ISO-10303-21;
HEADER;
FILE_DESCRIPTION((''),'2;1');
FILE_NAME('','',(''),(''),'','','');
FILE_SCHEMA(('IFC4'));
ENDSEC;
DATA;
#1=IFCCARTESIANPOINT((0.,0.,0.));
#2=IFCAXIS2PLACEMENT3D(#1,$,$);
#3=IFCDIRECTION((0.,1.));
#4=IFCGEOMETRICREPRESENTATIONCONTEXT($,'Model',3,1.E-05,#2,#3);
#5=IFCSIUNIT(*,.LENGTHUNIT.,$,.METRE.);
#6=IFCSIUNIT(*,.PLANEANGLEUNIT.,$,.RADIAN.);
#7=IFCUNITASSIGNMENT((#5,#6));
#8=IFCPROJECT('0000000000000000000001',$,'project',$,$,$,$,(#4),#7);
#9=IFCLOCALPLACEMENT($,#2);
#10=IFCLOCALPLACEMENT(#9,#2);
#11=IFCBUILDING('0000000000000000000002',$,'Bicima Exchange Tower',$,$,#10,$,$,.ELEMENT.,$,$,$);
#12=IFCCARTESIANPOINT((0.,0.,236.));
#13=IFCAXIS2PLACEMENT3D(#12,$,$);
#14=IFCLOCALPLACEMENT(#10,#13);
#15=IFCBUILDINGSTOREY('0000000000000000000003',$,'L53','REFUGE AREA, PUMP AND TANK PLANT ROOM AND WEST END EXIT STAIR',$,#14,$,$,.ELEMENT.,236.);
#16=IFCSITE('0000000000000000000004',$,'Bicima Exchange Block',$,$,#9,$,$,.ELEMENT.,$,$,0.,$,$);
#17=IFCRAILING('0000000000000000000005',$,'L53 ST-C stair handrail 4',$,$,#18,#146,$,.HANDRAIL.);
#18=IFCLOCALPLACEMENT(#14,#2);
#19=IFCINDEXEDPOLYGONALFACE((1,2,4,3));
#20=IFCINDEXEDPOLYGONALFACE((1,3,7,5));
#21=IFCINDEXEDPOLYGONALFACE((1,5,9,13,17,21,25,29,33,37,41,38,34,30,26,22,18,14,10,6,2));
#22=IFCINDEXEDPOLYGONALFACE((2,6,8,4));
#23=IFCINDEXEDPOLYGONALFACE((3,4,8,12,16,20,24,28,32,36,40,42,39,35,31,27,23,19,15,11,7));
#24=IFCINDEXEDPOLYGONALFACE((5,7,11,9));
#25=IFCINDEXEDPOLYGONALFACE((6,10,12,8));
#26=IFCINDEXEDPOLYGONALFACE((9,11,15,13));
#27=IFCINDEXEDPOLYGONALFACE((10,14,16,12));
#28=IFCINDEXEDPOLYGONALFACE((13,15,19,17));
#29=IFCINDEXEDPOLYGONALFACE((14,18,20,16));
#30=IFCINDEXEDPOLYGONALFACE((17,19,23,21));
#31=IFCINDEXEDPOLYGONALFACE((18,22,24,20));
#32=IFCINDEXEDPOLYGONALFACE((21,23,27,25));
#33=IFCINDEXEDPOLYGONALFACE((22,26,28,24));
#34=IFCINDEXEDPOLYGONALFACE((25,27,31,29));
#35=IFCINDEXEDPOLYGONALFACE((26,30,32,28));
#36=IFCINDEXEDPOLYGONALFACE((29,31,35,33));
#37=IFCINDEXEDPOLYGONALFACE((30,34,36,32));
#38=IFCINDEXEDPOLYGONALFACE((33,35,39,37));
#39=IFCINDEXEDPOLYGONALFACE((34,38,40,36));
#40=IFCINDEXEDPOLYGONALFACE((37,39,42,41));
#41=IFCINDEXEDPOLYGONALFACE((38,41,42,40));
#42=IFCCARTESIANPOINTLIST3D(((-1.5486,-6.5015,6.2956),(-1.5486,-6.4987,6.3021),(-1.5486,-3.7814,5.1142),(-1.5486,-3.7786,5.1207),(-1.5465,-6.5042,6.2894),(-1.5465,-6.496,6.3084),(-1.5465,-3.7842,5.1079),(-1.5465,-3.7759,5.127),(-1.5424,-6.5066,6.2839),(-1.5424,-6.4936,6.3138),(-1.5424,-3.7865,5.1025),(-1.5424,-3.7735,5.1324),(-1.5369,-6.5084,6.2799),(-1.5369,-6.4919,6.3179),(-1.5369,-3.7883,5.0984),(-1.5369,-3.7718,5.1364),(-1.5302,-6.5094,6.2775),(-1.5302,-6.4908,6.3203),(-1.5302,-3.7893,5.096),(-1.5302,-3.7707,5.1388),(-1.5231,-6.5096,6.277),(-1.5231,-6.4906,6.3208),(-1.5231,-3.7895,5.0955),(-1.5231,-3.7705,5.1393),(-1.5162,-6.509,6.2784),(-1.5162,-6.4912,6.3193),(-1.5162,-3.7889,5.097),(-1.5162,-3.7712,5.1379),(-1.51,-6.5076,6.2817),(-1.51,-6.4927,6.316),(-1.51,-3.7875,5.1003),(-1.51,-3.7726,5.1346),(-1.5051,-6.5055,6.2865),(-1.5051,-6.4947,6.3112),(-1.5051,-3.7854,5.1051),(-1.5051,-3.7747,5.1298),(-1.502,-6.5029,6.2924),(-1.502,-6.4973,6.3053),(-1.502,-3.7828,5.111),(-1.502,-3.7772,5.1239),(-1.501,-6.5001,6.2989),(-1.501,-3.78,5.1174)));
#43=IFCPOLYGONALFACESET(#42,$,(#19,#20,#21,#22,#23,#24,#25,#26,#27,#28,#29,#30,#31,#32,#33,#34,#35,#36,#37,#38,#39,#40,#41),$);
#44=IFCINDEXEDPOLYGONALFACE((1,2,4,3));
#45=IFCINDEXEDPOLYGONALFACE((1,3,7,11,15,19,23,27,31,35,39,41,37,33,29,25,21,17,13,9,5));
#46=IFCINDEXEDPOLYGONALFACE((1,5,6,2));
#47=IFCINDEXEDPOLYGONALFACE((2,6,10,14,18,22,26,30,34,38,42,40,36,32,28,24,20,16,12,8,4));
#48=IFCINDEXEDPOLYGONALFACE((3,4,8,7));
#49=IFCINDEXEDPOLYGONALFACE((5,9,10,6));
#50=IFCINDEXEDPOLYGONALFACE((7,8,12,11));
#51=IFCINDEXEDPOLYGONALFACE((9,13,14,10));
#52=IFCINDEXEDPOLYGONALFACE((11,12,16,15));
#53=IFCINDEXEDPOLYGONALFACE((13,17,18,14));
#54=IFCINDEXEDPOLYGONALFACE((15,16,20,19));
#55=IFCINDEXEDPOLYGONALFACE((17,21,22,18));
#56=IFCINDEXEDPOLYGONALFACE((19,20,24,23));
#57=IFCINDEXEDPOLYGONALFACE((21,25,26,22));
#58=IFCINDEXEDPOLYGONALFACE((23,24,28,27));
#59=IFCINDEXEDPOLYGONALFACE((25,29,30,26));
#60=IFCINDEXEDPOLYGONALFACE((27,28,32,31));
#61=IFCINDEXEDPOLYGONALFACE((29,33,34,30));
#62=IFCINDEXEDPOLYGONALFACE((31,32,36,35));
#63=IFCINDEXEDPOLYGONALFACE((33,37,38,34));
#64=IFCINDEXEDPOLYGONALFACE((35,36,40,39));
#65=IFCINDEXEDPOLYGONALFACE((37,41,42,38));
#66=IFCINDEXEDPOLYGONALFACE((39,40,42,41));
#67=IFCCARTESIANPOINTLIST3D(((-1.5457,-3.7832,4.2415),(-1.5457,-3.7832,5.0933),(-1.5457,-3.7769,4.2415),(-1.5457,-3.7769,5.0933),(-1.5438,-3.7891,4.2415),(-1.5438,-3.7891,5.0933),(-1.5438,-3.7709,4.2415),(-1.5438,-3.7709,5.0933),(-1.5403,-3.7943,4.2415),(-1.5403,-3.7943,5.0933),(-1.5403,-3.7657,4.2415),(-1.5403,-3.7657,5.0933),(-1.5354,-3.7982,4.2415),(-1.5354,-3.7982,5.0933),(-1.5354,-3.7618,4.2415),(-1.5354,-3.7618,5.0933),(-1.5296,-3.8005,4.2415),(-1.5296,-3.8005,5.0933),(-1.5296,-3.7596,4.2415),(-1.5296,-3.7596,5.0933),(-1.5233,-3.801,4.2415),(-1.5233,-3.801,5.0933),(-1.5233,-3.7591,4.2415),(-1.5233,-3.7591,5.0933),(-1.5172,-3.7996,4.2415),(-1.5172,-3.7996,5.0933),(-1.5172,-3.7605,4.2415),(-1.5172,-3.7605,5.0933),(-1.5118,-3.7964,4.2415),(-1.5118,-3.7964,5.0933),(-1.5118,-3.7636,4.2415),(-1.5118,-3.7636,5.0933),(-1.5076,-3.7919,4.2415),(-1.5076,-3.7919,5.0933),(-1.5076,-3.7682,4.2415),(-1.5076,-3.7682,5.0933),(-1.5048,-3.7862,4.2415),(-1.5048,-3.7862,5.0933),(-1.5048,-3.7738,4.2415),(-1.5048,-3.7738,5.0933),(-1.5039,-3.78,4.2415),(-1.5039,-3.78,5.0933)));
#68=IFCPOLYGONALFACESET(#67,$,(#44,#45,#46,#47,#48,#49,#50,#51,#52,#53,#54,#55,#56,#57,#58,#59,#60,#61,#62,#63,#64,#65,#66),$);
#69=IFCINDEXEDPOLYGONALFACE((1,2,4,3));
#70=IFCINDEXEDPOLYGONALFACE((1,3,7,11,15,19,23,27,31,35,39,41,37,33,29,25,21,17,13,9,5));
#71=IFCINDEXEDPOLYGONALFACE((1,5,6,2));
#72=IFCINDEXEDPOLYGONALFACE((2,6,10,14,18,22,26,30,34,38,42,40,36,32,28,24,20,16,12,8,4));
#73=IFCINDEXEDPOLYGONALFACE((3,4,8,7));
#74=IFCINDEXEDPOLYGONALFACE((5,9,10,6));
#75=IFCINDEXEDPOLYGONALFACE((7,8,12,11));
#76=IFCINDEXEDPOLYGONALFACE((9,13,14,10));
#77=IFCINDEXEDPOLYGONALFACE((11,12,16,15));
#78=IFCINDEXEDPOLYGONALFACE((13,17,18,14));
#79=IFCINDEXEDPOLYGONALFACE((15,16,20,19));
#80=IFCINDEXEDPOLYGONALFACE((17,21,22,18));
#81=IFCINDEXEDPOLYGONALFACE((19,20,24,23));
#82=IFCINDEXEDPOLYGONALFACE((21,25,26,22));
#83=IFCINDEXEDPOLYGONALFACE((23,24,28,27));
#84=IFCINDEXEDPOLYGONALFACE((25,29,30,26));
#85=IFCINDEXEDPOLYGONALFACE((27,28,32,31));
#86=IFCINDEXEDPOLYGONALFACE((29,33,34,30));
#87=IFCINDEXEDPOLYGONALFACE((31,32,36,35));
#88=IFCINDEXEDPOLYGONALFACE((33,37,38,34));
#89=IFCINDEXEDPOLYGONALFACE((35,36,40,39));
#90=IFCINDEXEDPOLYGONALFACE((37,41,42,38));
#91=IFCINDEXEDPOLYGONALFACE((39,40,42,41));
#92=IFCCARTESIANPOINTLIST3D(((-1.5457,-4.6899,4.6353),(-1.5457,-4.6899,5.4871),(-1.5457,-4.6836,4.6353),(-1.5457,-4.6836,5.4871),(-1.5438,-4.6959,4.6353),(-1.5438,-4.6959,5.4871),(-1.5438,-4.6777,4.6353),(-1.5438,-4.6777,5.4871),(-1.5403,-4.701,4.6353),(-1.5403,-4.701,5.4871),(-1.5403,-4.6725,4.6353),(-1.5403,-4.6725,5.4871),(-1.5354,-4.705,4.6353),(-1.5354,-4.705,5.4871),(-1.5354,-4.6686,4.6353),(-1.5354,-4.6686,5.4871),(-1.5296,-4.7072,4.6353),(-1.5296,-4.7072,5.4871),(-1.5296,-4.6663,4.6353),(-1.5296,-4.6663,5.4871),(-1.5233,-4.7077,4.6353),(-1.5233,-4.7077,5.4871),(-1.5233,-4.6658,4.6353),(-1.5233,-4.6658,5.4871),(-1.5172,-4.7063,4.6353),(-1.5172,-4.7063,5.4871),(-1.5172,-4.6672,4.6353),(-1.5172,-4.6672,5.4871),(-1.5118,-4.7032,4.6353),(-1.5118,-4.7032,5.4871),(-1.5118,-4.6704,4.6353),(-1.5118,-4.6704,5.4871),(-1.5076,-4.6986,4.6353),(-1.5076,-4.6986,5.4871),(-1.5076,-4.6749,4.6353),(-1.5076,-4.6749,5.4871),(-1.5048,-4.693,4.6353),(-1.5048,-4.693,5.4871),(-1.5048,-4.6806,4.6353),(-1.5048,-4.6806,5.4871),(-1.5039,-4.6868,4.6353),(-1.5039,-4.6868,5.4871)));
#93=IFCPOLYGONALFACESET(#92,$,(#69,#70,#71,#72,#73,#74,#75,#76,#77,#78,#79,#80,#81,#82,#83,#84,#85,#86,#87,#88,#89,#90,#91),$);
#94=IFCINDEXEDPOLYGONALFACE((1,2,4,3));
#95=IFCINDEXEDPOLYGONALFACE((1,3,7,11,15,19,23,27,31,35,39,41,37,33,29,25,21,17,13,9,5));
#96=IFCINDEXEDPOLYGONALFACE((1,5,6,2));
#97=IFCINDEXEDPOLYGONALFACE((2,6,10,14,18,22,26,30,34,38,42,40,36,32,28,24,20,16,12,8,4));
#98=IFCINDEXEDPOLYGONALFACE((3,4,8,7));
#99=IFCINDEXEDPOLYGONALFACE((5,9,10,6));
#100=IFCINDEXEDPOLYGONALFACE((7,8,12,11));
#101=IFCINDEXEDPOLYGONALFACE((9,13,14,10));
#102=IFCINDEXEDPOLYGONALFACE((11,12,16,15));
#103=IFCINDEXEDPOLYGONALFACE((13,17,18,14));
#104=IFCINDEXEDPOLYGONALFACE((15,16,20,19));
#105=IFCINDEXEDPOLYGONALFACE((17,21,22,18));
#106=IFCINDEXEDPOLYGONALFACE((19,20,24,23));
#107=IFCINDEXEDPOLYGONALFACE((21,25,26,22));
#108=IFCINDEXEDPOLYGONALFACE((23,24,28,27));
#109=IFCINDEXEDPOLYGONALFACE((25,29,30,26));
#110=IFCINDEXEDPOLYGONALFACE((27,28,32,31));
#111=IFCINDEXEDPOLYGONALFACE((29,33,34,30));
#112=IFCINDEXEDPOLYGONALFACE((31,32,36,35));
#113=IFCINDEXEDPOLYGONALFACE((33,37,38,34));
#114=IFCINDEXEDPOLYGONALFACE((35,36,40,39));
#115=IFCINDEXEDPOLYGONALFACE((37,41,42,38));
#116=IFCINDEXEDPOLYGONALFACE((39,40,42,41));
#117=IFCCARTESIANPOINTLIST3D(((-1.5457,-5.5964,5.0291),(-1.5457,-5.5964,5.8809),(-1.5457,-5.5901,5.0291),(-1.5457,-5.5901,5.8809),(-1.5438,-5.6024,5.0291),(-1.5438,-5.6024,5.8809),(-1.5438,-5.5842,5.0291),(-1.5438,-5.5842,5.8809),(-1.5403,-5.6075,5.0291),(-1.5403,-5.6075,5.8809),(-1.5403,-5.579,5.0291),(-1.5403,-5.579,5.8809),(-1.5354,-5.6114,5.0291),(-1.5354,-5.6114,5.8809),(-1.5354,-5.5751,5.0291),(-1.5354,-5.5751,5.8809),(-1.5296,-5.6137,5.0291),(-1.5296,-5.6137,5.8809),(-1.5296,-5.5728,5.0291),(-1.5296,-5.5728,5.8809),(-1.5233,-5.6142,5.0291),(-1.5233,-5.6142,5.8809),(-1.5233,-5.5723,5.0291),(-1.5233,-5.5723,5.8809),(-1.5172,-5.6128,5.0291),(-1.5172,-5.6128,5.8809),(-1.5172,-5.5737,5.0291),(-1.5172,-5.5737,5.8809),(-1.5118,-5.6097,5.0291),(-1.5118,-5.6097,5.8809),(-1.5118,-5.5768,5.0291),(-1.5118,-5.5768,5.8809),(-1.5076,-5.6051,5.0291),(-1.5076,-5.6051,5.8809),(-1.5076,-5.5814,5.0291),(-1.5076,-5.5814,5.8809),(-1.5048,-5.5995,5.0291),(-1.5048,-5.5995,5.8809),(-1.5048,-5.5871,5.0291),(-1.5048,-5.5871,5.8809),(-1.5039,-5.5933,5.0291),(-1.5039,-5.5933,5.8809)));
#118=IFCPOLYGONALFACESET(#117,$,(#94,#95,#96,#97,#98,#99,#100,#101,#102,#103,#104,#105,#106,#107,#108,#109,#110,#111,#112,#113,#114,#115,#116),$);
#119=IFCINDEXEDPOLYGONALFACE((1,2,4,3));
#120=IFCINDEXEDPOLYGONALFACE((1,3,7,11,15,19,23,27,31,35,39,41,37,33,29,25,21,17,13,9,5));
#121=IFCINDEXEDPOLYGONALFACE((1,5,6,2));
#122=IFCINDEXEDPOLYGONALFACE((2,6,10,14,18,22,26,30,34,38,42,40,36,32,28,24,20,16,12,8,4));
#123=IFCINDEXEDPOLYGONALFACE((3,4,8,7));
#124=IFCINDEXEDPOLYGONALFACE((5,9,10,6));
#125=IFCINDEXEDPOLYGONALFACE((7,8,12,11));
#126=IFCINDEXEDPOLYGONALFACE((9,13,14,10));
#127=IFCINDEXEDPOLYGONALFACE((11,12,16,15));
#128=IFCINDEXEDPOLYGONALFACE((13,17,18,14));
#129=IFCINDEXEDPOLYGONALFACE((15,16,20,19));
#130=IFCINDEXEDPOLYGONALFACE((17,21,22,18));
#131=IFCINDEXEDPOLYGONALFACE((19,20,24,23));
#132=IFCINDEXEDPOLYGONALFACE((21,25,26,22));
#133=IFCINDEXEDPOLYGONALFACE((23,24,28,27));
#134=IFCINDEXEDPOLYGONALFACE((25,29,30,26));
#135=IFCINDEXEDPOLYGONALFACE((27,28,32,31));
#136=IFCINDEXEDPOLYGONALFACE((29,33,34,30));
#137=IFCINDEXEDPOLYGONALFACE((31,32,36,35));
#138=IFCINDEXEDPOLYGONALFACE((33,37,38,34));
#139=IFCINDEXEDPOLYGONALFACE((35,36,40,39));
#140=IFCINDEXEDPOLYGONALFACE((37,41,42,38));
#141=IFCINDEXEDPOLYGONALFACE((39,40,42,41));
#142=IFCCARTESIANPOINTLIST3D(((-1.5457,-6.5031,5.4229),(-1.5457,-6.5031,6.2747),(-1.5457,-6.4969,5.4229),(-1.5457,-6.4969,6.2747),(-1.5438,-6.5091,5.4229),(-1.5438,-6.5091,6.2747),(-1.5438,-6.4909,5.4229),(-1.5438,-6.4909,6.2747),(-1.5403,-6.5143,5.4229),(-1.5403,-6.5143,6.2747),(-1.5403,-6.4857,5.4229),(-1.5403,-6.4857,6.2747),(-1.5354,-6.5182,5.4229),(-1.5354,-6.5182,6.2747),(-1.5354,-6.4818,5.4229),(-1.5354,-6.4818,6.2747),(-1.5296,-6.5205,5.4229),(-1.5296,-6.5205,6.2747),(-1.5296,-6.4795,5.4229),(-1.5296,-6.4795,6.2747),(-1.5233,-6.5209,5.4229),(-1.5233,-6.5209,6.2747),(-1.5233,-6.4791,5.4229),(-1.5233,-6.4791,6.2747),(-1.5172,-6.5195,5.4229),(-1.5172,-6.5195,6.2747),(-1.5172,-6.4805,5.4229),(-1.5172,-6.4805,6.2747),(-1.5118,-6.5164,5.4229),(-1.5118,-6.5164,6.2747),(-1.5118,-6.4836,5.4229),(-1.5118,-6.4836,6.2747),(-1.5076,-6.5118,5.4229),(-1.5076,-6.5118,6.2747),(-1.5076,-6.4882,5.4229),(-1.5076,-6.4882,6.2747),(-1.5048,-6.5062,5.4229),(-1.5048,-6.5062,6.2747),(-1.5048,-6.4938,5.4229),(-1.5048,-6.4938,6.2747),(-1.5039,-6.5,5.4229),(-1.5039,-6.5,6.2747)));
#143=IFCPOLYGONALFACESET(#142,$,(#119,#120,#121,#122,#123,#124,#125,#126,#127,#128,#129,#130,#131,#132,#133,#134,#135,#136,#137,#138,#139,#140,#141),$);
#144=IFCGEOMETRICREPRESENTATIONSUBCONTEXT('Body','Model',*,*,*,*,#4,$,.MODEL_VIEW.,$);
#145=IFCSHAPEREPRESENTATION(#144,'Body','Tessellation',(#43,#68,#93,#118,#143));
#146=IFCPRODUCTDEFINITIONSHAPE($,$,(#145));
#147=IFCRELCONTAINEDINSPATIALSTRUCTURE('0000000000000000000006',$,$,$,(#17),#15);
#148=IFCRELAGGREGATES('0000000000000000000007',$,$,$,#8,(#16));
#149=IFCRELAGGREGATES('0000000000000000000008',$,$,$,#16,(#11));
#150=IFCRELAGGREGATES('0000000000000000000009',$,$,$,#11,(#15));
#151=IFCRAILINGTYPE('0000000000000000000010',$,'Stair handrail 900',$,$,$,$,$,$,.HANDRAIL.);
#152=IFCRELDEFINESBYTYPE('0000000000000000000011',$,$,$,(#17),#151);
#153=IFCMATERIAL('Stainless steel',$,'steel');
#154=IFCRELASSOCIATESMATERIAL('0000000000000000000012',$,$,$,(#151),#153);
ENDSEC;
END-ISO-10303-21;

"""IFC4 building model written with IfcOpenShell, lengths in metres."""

from ifc_helpers import new_model, si_unit, direction, frame, origin, origin_2d, place, context, subcontext, project, spatial, circle, extrude, material, type_object, element, save


model = new_model("IFC4")

# Units and contexts
model_context = context("Model", 3, precision=1e-05, world=origin(), true_north=direction((0.0, 1.0)))
body_context = subcontext(model_context, "Body", "Model", "MODEL_VIEW")
ifc_project = project(units=[si_unit("LENGTHUNIT", "METRE"), si_unit("PLANEANGLEUNIT", "RADIAN")], contexts=[model_context])

# Site, building, storey
site_placement = place(None, origin())
site = spatial("IfcSite", under=ifc_project, at=site_placement, Name="Bicima Exchange Block", CompositionType="ELEMENT", RefElevation=0.0)
building_placement = place(site_placement, origin())
building = spatial("IfcBuilding", under=site, at=building_placement, Name="Bicima Exchange Tower", CompositionType="ELEMENT")
storey_placement = place(building_placement, frame((0.0, 0.0, 236.0)))
storey = spatial("IfcBuildingStorey", under=building, at=storey_placement, Name="L53", Description="REFUGE AREA, PUMP AND TANK PLANT ROOM AND WEST END EXIT STAIR", CompositionType="ELEMENT", Elevation=236.0)

# Shared definitions
ifc_material_1 = material(Name="Stainless steel", Category="steel")

# Railing
railing_type = type_object("IfcRailingType", Name="Stair handrail 900", PredefinedType="HANDRAIL", material=ifc_material_1)
railing_1_placement = place(storey_placement, frame((-1.5249, -3.78, 4.2415)))
element("IfcRailing", 1, at=railing_1_placement, inside=storey, type_object=railing_type, Name="L53 ST-C stair handrail 4", PredefinedType="HANDRAIL", context=body_context, shape_type="SweptSolid", body=[
    extrude(circle(Radius=0.0239, at=origin_2d()), frame((0.0, 0.0, 0.876), z_axis=(0.0, -0.917218, 0.398386), x_axis=(1.0, 0.0, 0.0)), (0.0, 0.0, 1.0), 2.9656),
    extrude(circle(Radius=0.021, at=origin_2d()), origin(), (0.0, 0.0, 1.0), 0.8518),
    extrude(circle(Radius=0.021, at=origin_2d()), frame((0.0, -0.9067, 0.3938)), (0.0, 0.0, 1.0), 0.8518),
    extrude(circle(Radius=0.021, at=origin_2d()), frame((0.0, -1.8132, 0.7876)), (0.0, 0.0, 1.0), 0.8518),
    extrude(circle(Radius=0.021, at=origin_2d()), frame((0.0, -2.72, 1.1814)), (0.0, 0.0, 1.0), 0.8518),
])

save(model, "model.ifc")
